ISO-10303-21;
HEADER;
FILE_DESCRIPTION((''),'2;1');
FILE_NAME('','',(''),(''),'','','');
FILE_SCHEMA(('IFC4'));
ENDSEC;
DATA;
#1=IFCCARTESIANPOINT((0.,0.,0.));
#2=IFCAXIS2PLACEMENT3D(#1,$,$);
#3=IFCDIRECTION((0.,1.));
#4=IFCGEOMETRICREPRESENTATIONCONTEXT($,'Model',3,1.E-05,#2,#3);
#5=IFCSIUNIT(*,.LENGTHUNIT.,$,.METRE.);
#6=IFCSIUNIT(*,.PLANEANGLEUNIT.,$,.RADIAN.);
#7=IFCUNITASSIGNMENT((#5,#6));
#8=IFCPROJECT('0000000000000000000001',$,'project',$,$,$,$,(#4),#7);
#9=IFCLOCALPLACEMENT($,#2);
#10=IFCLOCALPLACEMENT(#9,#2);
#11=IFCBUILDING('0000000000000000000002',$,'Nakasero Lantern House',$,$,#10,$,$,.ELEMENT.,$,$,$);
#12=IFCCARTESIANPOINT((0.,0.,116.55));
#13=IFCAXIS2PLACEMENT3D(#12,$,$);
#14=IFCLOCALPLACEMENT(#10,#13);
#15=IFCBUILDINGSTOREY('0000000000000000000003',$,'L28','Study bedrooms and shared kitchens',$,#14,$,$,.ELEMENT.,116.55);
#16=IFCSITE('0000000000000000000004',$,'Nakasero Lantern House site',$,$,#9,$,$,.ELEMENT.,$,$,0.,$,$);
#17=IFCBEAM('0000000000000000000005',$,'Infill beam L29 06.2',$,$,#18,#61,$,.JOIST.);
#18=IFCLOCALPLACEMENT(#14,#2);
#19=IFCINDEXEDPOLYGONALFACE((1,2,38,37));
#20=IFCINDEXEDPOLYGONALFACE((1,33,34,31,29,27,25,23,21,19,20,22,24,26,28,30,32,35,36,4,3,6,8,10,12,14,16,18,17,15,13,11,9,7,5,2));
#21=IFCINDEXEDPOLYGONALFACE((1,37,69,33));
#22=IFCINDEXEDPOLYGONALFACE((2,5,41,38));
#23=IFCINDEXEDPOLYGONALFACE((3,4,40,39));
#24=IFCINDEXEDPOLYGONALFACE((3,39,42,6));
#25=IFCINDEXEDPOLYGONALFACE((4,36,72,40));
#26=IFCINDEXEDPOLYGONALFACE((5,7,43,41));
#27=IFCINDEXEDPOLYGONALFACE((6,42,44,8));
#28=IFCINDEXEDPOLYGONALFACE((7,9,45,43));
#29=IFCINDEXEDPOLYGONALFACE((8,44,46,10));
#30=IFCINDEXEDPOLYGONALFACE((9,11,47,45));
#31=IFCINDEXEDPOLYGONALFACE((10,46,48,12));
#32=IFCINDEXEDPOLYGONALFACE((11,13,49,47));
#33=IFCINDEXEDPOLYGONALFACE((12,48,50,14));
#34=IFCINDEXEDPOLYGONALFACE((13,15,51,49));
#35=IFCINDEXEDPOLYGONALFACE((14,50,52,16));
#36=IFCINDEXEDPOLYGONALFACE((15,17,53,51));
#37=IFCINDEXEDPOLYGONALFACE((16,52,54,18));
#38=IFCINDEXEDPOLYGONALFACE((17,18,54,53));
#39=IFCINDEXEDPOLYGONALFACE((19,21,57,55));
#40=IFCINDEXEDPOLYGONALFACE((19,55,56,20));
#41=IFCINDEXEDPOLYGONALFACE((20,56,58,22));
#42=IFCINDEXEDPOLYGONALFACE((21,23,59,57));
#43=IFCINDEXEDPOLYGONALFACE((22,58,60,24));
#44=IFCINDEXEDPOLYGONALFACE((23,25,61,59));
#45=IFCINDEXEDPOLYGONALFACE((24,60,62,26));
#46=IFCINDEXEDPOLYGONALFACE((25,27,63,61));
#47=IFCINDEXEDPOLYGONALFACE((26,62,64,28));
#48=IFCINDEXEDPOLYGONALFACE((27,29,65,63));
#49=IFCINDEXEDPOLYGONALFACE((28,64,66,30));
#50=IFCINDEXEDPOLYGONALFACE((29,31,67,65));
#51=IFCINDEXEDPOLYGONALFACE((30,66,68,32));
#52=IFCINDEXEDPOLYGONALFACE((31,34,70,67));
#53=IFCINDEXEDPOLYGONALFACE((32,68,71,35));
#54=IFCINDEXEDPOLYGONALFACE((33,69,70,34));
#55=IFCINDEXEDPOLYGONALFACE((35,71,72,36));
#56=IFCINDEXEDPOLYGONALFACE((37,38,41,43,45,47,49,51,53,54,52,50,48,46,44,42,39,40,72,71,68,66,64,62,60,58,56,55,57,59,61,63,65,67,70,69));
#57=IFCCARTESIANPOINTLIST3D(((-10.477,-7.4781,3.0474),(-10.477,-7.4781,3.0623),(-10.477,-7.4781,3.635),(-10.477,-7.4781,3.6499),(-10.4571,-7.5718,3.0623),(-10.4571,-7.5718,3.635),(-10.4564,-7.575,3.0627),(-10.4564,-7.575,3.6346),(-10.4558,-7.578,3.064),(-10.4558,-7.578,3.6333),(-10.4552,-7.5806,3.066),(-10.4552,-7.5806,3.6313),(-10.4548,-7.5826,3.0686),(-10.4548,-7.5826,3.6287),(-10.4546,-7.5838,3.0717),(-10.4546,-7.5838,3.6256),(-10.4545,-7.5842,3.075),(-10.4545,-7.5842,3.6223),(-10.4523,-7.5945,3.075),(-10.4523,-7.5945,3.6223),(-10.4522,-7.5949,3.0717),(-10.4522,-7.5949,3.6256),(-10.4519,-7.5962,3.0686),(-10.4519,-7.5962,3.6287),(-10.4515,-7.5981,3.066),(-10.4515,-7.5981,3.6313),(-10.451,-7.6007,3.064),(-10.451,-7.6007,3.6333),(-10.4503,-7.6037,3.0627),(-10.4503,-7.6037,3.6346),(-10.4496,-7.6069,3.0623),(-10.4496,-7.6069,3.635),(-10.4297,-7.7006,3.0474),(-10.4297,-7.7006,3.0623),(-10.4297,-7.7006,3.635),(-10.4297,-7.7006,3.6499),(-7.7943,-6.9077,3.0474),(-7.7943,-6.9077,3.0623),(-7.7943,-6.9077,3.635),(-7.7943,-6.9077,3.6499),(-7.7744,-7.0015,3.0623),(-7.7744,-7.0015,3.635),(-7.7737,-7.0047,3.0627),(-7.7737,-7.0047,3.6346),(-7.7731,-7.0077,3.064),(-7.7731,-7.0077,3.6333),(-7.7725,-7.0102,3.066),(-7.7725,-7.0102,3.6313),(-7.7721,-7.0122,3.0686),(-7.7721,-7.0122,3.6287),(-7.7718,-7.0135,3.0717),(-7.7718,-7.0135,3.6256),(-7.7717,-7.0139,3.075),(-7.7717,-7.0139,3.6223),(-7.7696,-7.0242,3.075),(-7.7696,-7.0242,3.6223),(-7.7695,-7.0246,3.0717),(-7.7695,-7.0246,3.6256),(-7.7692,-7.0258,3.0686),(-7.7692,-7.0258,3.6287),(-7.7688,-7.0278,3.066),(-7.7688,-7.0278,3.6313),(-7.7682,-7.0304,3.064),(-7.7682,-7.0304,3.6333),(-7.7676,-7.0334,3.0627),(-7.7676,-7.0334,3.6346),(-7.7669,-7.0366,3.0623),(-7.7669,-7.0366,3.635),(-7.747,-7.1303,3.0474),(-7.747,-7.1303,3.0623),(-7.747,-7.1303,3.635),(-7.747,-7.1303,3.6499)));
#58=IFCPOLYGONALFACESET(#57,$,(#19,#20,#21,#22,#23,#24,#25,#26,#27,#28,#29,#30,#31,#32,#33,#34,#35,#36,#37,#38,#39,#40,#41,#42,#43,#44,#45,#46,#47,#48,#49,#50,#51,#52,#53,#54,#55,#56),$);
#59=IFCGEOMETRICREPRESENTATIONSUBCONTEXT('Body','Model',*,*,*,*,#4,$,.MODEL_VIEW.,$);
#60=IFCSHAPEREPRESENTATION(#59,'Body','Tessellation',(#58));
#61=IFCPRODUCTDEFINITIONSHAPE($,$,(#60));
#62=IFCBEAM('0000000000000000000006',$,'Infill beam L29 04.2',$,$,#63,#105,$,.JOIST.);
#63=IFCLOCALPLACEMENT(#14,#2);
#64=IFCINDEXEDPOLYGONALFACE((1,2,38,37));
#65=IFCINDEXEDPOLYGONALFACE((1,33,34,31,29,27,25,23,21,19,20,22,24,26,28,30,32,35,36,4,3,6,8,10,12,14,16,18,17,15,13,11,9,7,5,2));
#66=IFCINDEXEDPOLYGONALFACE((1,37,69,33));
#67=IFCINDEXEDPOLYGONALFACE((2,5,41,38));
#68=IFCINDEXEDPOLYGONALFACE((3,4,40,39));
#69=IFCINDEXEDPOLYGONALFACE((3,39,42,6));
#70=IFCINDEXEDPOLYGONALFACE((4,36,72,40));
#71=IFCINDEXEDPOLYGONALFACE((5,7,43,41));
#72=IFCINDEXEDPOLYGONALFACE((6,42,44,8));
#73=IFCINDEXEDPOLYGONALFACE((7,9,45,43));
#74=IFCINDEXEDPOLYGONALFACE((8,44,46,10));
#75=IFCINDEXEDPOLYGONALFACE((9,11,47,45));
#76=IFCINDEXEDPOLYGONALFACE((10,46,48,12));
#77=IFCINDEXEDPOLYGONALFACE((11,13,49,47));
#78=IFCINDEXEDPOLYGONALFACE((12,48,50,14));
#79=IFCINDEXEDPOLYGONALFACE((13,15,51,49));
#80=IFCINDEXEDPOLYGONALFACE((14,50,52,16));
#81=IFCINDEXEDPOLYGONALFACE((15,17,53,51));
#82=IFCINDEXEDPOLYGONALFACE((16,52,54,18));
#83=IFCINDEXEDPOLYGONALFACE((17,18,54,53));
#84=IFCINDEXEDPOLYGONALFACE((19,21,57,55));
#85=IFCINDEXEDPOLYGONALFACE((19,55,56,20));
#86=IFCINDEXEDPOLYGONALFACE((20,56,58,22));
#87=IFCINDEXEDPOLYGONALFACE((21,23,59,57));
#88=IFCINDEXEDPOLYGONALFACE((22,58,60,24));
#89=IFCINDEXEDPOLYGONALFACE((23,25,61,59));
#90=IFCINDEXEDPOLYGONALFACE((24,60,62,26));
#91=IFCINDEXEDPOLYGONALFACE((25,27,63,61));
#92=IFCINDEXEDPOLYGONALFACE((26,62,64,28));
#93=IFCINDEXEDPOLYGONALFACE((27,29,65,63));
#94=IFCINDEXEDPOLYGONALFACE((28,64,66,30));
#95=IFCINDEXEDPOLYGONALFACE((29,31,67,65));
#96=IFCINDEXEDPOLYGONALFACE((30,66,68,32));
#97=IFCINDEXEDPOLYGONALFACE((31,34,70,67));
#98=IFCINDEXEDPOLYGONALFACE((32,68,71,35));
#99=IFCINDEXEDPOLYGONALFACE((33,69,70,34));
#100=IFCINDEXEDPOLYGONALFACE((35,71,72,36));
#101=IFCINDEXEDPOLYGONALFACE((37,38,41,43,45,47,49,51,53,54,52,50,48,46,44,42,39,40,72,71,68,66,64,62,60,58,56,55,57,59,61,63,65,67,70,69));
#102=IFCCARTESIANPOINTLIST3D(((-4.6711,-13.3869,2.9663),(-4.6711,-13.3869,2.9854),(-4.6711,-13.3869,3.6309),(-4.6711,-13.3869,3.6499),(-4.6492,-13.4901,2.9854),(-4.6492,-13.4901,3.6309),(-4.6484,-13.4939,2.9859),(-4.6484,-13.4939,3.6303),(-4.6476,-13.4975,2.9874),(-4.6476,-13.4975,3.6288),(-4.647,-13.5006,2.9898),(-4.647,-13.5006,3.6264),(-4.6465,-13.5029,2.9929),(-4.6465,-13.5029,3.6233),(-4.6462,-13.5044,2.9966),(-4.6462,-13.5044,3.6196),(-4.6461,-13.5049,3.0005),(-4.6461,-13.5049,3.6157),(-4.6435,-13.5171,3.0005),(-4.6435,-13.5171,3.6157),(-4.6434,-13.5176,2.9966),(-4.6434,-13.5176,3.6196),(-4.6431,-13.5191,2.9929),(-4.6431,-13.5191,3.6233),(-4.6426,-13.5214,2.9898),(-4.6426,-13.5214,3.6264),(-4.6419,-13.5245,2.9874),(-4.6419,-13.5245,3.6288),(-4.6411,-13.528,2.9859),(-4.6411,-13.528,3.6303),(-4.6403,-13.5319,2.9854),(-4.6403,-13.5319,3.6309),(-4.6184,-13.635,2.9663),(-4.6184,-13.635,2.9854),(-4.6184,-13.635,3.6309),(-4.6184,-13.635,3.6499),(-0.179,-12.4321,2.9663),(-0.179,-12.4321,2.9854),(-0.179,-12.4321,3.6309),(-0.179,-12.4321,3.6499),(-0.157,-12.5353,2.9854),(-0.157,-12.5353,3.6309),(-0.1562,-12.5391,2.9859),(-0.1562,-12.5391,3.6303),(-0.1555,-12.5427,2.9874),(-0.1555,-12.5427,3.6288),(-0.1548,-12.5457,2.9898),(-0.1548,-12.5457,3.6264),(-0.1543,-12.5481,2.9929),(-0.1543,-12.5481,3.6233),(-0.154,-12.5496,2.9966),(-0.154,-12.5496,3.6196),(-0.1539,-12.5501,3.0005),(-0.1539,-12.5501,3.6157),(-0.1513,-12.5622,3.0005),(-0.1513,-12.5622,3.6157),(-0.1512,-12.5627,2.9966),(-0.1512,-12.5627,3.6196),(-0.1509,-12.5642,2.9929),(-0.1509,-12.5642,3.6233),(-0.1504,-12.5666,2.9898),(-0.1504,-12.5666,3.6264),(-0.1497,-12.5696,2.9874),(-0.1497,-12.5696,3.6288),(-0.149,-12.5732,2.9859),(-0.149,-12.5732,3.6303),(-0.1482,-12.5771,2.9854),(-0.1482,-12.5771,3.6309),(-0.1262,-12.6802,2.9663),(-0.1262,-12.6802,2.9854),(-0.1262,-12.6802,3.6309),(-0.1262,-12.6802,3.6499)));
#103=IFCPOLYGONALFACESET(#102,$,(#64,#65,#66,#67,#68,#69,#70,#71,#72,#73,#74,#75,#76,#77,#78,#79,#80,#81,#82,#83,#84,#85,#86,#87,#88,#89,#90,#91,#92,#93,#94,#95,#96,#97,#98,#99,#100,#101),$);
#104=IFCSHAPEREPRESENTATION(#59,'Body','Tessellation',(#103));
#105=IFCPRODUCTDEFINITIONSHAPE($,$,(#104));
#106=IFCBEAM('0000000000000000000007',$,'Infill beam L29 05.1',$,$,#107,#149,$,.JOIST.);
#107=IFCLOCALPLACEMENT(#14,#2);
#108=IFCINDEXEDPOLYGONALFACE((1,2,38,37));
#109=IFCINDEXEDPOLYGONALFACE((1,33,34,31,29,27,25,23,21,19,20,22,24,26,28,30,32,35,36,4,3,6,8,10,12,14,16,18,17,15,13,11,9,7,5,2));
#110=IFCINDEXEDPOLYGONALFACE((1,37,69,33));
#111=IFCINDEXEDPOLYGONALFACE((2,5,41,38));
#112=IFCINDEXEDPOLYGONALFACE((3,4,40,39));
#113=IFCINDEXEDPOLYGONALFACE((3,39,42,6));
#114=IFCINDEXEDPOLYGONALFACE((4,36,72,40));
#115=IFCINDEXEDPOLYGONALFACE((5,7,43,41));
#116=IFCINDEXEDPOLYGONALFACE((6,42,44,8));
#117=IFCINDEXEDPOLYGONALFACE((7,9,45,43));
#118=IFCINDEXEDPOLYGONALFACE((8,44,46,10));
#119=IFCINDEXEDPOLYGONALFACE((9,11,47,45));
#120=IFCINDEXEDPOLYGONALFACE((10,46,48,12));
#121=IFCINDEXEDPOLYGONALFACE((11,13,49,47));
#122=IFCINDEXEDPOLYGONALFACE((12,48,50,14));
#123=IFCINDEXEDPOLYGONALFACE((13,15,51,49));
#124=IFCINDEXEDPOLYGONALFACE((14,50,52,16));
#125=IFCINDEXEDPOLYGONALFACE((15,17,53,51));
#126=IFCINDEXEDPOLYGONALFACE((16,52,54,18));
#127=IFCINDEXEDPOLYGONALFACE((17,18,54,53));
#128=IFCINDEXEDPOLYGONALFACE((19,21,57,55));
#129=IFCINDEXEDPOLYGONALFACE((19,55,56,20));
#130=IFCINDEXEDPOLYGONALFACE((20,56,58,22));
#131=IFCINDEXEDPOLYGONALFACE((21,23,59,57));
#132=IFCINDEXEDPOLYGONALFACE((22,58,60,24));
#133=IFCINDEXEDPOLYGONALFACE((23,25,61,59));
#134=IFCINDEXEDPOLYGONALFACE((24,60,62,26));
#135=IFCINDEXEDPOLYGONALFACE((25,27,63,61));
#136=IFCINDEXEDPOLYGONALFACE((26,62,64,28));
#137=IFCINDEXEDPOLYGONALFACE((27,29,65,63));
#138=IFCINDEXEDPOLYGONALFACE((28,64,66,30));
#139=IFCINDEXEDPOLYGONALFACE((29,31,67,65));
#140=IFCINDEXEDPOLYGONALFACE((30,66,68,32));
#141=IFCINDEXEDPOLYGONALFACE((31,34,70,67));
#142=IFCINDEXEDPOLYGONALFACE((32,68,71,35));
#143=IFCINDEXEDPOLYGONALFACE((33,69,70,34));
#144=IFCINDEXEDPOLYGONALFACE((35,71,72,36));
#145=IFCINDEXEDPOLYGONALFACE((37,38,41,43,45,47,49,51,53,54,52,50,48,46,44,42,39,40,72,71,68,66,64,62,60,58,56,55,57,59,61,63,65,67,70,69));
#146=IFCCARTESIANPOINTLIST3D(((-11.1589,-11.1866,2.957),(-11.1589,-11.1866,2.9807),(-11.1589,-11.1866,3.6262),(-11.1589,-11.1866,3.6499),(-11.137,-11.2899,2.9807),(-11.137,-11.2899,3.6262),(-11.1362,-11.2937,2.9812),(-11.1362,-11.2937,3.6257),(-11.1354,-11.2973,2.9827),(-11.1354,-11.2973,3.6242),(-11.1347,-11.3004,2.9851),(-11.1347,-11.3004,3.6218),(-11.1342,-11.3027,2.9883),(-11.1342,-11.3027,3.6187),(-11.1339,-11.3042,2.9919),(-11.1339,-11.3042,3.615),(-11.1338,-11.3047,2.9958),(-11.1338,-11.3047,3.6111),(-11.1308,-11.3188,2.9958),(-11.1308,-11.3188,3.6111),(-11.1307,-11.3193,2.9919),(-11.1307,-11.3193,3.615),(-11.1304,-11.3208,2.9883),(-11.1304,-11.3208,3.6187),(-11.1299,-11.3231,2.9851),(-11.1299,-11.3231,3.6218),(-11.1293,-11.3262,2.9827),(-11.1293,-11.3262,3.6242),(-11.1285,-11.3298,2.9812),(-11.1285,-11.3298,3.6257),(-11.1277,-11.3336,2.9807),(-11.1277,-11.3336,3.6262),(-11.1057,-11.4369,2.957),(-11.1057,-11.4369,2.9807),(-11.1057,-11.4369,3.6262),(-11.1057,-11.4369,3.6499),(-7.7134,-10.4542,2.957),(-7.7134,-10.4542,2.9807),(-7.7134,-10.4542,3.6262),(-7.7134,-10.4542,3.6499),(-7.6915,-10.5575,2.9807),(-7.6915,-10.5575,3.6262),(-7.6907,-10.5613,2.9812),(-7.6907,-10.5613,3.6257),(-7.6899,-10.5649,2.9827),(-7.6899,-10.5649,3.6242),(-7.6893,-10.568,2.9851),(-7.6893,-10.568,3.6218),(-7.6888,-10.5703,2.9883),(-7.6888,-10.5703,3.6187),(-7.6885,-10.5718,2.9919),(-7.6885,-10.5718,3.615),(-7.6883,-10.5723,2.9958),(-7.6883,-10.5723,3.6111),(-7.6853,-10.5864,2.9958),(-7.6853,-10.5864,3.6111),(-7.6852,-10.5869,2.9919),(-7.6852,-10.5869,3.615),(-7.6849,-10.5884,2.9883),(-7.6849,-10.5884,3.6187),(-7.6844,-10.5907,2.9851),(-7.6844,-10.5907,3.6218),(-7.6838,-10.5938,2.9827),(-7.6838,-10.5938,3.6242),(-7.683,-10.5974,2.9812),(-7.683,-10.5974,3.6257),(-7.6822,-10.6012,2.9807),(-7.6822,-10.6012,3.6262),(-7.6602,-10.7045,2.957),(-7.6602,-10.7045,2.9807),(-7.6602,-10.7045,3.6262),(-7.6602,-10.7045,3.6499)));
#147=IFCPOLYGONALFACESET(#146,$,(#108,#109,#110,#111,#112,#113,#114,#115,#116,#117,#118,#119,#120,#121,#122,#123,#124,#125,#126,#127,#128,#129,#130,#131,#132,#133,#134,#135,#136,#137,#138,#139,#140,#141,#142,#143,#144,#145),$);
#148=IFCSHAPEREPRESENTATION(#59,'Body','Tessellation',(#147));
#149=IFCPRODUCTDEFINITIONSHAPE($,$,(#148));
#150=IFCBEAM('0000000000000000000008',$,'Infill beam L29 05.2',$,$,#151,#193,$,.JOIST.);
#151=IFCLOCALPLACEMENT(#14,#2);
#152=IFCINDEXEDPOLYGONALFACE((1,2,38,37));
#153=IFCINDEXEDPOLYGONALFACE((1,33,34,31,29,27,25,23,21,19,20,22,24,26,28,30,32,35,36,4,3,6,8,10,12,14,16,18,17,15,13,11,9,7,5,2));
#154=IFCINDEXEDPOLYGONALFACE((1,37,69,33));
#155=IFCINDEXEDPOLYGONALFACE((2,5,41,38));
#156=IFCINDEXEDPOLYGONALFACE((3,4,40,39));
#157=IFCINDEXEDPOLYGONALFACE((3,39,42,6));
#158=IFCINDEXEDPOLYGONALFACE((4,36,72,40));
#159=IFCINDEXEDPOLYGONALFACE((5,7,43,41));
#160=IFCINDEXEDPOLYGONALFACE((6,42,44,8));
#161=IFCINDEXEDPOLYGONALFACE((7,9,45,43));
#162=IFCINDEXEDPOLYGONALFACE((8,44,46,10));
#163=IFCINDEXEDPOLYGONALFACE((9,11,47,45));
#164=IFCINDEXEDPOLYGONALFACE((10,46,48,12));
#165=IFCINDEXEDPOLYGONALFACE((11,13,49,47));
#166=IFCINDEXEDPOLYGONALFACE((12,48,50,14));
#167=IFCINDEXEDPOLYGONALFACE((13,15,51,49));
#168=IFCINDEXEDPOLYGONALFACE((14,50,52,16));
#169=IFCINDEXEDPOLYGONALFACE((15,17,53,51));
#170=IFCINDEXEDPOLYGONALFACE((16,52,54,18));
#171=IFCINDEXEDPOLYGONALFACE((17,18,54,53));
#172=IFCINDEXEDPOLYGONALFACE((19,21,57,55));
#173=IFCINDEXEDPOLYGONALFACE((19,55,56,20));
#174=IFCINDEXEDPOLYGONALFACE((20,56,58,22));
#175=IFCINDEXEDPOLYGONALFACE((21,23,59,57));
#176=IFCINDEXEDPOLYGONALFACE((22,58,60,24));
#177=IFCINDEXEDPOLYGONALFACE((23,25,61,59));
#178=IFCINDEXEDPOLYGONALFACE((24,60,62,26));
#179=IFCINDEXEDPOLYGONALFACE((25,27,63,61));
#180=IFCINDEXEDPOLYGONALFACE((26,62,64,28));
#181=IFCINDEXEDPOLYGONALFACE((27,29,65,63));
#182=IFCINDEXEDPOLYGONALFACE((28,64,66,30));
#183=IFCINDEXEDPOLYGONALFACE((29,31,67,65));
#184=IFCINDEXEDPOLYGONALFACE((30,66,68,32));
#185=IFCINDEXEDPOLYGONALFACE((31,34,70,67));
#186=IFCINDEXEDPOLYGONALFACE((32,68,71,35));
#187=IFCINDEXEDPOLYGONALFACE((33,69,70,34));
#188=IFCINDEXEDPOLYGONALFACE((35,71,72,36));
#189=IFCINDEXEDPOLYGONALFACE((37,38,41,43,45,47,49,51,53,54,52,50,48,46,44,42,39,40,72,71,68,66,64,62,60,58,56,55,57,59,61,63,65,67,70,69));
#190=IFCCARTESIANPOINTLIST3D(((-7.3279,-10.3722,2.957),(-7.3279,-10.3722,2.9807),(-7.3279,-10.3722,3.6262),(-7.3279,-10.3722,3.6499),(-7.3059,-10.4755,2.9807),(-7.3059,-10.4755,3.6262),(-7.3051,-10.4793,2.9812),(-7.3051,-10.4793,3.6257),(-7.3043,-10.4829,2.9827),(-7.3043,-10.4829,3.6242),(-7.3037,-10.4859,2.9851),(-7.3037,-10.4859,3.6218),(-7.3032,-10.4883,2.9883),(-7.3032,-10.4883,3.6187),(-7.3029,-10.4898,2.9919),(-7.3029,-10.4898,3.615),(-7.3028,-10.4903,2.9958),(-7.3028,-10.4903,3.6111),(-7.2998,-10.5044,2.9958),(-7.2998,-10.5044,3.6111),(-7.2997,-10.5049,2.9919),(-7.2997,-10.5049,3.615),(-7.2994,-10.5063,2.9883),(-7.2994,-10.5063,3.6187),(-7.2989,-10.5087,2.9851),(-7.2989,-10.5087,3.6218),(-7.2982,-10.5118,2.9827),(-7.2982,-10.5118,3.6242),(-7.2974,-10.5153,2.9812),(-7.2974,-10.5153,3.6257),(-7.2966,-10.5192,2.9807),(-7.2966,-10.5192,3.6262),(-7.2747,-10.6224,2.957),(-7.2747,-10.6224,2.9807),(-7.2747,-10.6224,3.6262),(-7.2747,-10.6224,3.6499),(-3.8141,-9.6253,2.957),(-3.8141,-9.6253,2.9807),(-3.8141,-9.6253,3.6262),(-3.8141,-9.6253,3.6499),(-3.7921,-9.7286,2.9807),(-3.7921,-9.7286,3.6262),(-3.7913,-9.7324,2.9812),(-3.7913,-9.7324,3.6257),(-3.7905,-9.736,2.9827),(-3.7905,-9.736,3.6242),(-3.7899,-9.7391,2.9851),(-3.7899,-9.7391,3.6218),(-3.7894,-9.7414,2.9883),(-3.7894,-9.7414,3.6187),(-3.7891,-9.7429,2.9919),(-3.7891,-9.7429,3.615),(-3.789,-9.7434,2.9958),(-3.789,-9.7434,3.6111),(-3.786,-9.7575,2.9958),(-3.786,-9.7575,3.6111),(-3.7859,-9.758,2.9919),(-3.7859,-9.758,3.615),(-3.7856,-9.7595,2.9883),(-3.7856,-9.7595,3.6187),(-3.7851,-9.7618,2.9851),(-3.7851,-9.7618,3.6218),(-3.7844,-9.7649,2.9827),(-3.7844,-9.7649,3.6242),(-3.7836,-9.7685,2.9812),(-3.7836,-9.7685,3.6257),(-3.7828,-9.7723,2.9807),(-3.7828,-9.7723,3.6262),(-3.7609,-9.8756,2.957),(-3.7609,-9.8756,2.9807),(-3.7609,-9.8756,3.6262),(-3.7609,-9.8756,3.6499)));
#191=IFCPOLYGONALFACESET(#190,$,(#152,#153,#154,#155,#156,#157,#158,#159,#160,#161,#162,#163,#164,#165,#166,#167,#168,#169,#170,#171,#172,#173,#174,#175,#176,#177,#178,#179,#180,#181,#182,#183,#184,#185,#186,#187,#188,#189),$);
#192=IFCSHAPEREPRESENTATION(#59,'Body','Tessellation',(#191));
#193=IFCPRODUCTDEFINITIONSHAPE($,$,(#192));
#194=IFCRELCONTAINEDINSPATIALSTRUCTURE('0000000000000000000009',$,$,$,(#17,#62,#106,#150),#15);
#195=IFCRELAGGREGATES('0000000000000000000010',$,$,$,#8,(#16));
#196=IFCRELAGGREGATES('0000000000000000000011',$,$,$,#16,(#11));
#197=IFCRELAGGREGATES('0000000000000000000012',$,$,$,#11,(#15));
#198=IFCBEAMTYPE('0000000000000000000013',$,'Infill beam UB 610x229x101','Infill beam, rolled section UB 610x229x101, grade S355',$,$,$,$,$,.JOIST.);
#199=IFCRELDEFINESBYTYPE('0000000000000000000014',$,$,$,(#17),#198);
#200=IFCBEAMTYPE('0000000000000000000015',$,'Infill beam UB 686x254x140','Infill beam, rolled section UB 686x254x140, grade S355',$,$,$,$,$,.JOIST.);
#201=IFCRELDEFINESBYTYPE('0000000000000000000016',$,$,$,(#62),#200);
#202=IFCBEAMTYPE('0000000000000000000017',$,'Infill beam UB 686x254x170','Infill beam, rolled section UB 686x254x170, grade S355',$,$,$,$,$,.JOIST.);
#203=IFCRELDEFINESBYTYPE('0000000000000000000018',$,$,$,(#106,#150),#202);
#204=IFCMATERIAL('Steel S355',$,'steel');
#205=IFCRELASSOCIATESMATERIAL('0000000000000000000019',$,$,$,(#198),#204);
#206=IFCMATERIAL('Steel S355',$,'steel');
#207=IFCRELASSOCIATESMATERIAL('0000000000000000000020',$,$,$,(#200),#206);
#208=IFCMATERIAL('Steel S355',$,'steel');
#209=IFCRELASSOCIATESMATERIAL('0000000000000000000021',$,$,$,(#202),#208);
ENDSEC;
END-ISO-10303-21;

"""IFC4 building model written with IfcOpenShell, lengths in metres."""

from ifc_helpers import new_model, si_unit, direction, frame, origin, origin_2d, place, context, subcontext, project, spatial, i_section, extrude, material, material_profile, profile_set, type_object, element, save


model = new_model("IFC4")

# Units and contexts
model_context = context("Model", 3, precision=1e-05, world=origin(), true_north=direction((0.0, 1.0)))
body_context = subcontext(model_context, "Body", "Model", "MODEL_VIEW")
ifc_project = project(units=[si_unit("LENGTHUNIT", "METRE"), si_unit("PLANEANGLEUNIT", "RADIAN")], contexts=[model_context])

# Site, building, storey
site_placement = place(None, origin())
site = spatial("IfcSite", under=ifc_project, at=site_placement, Name="Nakasero Lantern House site", CompositionType="ELEMENT", RefElevation=0.0)
building_placement = place(site_placement, origin())
building = spatial("IfcBuilding", under=site, at=building_placement, Name="Nakasero Lantern House", CompositionType="ELEMENT")
storey_placement = place(building_placement, frame((0.0, 0.0, 116.55)))
storey = spatial("IfcBuildingStorey", under=building, at=storey_placement, Name="L28", Description="Study bedrooms and shared kitchens", CompositionType="ELEMENT", Elevation=116.55)

# Beams
ifc_material_1 = material(Name="Steel S355", Category="steel")
ifc_material_profile_1 = material_profile(ifc_material_1, i_section(OverallWidth=0.2275, OverallDepth=0.6025, WebThickness=0.0105, FlangeThickness=0.0149, FilletRadius=0.0127, at=origin_2d()), Name="UB 610x229x101")
ifc_profile_set_1 = profile_set([ifc_material_profile_1], Name="Steel S355")
beam_type_1 = type_object("IfcBeamType", Name="Infill beam UB 610x229x101", Description="Infill beam, rolled section UB 610x229x101, grade S355", PredefinedType="JOIST", material=ifc_profile_set_1)
beam_1_placement = place(storey_placement, frame((-10.4534, -7.5894, 3.3486), z_axis=(0.97814, 0.207948, 0.0), x_axis=(-0.207948, 0.97814, 0.0)))
element("IfcBeam", 1, at=beam_1_placement, inside=storey, type_object=beam_type_1, Name="Infill beam L29 06.2", PredefinedType="JOIST", context=body_context, shape_type="SweptSolid", body=[
    extrude(i_section(OverallWidth=0.2275, OverallDepth=0.6025, WebThickness=0.0105, FlangeThickness=0.0149, FilletRadius=0.0127, at=origin_2d()), origin(), (0.0, 0.0, 1.0), 2.7427),
])
ifc_material_2 = material(Name="Steel S355", Category="steel")
ifc_material_profile_2 = material_profile(ifc_material_2, i_section(OverallWidth=0.2537, OverallDepth=0.6836, WebThickness=0.0125, FlangeThickness=0.019, FilletRadius=0.0151, at=origin_2d()), Name="UB 686x254x140")
ifc_profile_set_2 = profile_set([ifc_material_profile_2], Name="Steel S355")
beam_type_2 = type_object("IfcBeamType", Name="Infill beam UB 686x254x140", Description="Infill beam, rolled section UB 686x254x140, grade S355", PredefinedType="JOIST", material=ifc_profile_set_2)
beam_2_placement = place(storey_placement, frame((-4.6448, -13.511, 3.3081), z_axis=(0.978148, 0.20791, 0.0), x_axis=(-0.20791, 0.978148, 0.0)))
element("IfcBeam", 2, at=beam_2_placement, inside=storey, type_object=beam_type_2, Name="Infill beam L29 04.2", PredefinedType="JOIST", context=body_context, shape_type="SweptSolid", body=[
    extrude(i_section(OverallWidth=0.2537, OverallDepth=0.6836, WebThickness=0.0125, FlangeThickness=0.019, FilletRadius=0.0151, at=origin_2d()), origin(), (0.0, 0.0, 1.0), 4.5925),
])
ifc_material_3 = material(Name="Steel S355", Category="steel")
ifc_material_profile_3 = material_profile(ifc_material_3, i_section(OverallWidth=0.2559, OverallDepth=0.6929, WebThickness=0.0144, FlangeThickness=0.0237, FilletRadius=0.0151, at=origin_2d()), Name="UB 686x254x170")
ifc_profile_set_3 = profile_set([ifc_material_profile_3], Name="Steel S355")
beam_type_3 = type_object("IfcBeamType", Name="Infill beam UB 686x254x170", Description="Infill beam, rolled section UB 686x254x170, grade S355", PredefinedType="JOIST", material=ifc_profile_set_3)
beam_3_placement = place(storey_placement, frame((-11.1323, -11.3118, 3.3035), z_axis=(0.978145, 0.207924, 0.0), x_axis=(-0.207924, 0.978145, 0.0)))
element("IfcBeam", 3, at=beam_3_placement, inside=storey, type_object=beam_type_3, Name="Infill beam L29 05.1", PredefinedType="JOIST", context=body_context, shape_type="SweptSolid", body=[
    extrude(i_section(OverallWidth=0.2559, OverallDepth=0.6929, WebThickness=0.0144, FlangeThickness=0.0237, FilletRadius=0.0151, at=origin_2d()), origin(), (0.0, 0.0, 1.0), 3.5225),
])
beam_4_placement = place(storey_placement, frame((-7.3013, -10.4973, 3.3035), z_axis=(0.978149, 0.207904, 0.0), x_axis=(-0.207904, 0.978149, 0.0)))
element("IfcBeam", 4, at=beam_4_placement, inside=storey, type_object=beam_type_3, Name="Infill beam L29 05.2", PredefinedType="JOIST", context=body_context, shape_type="SweptSolid", body=[
    extrude(i_section(OverallWidth=0.2559, OverallDepth=0.6929, WebThickness=0.0144, FlangeThickness=0.0237, FilletRadius=0.0151, at=origin_2d()), origin(), (0.0, 0.0, 1.0), 3.5923),
])

save(model, "model.ifc")
